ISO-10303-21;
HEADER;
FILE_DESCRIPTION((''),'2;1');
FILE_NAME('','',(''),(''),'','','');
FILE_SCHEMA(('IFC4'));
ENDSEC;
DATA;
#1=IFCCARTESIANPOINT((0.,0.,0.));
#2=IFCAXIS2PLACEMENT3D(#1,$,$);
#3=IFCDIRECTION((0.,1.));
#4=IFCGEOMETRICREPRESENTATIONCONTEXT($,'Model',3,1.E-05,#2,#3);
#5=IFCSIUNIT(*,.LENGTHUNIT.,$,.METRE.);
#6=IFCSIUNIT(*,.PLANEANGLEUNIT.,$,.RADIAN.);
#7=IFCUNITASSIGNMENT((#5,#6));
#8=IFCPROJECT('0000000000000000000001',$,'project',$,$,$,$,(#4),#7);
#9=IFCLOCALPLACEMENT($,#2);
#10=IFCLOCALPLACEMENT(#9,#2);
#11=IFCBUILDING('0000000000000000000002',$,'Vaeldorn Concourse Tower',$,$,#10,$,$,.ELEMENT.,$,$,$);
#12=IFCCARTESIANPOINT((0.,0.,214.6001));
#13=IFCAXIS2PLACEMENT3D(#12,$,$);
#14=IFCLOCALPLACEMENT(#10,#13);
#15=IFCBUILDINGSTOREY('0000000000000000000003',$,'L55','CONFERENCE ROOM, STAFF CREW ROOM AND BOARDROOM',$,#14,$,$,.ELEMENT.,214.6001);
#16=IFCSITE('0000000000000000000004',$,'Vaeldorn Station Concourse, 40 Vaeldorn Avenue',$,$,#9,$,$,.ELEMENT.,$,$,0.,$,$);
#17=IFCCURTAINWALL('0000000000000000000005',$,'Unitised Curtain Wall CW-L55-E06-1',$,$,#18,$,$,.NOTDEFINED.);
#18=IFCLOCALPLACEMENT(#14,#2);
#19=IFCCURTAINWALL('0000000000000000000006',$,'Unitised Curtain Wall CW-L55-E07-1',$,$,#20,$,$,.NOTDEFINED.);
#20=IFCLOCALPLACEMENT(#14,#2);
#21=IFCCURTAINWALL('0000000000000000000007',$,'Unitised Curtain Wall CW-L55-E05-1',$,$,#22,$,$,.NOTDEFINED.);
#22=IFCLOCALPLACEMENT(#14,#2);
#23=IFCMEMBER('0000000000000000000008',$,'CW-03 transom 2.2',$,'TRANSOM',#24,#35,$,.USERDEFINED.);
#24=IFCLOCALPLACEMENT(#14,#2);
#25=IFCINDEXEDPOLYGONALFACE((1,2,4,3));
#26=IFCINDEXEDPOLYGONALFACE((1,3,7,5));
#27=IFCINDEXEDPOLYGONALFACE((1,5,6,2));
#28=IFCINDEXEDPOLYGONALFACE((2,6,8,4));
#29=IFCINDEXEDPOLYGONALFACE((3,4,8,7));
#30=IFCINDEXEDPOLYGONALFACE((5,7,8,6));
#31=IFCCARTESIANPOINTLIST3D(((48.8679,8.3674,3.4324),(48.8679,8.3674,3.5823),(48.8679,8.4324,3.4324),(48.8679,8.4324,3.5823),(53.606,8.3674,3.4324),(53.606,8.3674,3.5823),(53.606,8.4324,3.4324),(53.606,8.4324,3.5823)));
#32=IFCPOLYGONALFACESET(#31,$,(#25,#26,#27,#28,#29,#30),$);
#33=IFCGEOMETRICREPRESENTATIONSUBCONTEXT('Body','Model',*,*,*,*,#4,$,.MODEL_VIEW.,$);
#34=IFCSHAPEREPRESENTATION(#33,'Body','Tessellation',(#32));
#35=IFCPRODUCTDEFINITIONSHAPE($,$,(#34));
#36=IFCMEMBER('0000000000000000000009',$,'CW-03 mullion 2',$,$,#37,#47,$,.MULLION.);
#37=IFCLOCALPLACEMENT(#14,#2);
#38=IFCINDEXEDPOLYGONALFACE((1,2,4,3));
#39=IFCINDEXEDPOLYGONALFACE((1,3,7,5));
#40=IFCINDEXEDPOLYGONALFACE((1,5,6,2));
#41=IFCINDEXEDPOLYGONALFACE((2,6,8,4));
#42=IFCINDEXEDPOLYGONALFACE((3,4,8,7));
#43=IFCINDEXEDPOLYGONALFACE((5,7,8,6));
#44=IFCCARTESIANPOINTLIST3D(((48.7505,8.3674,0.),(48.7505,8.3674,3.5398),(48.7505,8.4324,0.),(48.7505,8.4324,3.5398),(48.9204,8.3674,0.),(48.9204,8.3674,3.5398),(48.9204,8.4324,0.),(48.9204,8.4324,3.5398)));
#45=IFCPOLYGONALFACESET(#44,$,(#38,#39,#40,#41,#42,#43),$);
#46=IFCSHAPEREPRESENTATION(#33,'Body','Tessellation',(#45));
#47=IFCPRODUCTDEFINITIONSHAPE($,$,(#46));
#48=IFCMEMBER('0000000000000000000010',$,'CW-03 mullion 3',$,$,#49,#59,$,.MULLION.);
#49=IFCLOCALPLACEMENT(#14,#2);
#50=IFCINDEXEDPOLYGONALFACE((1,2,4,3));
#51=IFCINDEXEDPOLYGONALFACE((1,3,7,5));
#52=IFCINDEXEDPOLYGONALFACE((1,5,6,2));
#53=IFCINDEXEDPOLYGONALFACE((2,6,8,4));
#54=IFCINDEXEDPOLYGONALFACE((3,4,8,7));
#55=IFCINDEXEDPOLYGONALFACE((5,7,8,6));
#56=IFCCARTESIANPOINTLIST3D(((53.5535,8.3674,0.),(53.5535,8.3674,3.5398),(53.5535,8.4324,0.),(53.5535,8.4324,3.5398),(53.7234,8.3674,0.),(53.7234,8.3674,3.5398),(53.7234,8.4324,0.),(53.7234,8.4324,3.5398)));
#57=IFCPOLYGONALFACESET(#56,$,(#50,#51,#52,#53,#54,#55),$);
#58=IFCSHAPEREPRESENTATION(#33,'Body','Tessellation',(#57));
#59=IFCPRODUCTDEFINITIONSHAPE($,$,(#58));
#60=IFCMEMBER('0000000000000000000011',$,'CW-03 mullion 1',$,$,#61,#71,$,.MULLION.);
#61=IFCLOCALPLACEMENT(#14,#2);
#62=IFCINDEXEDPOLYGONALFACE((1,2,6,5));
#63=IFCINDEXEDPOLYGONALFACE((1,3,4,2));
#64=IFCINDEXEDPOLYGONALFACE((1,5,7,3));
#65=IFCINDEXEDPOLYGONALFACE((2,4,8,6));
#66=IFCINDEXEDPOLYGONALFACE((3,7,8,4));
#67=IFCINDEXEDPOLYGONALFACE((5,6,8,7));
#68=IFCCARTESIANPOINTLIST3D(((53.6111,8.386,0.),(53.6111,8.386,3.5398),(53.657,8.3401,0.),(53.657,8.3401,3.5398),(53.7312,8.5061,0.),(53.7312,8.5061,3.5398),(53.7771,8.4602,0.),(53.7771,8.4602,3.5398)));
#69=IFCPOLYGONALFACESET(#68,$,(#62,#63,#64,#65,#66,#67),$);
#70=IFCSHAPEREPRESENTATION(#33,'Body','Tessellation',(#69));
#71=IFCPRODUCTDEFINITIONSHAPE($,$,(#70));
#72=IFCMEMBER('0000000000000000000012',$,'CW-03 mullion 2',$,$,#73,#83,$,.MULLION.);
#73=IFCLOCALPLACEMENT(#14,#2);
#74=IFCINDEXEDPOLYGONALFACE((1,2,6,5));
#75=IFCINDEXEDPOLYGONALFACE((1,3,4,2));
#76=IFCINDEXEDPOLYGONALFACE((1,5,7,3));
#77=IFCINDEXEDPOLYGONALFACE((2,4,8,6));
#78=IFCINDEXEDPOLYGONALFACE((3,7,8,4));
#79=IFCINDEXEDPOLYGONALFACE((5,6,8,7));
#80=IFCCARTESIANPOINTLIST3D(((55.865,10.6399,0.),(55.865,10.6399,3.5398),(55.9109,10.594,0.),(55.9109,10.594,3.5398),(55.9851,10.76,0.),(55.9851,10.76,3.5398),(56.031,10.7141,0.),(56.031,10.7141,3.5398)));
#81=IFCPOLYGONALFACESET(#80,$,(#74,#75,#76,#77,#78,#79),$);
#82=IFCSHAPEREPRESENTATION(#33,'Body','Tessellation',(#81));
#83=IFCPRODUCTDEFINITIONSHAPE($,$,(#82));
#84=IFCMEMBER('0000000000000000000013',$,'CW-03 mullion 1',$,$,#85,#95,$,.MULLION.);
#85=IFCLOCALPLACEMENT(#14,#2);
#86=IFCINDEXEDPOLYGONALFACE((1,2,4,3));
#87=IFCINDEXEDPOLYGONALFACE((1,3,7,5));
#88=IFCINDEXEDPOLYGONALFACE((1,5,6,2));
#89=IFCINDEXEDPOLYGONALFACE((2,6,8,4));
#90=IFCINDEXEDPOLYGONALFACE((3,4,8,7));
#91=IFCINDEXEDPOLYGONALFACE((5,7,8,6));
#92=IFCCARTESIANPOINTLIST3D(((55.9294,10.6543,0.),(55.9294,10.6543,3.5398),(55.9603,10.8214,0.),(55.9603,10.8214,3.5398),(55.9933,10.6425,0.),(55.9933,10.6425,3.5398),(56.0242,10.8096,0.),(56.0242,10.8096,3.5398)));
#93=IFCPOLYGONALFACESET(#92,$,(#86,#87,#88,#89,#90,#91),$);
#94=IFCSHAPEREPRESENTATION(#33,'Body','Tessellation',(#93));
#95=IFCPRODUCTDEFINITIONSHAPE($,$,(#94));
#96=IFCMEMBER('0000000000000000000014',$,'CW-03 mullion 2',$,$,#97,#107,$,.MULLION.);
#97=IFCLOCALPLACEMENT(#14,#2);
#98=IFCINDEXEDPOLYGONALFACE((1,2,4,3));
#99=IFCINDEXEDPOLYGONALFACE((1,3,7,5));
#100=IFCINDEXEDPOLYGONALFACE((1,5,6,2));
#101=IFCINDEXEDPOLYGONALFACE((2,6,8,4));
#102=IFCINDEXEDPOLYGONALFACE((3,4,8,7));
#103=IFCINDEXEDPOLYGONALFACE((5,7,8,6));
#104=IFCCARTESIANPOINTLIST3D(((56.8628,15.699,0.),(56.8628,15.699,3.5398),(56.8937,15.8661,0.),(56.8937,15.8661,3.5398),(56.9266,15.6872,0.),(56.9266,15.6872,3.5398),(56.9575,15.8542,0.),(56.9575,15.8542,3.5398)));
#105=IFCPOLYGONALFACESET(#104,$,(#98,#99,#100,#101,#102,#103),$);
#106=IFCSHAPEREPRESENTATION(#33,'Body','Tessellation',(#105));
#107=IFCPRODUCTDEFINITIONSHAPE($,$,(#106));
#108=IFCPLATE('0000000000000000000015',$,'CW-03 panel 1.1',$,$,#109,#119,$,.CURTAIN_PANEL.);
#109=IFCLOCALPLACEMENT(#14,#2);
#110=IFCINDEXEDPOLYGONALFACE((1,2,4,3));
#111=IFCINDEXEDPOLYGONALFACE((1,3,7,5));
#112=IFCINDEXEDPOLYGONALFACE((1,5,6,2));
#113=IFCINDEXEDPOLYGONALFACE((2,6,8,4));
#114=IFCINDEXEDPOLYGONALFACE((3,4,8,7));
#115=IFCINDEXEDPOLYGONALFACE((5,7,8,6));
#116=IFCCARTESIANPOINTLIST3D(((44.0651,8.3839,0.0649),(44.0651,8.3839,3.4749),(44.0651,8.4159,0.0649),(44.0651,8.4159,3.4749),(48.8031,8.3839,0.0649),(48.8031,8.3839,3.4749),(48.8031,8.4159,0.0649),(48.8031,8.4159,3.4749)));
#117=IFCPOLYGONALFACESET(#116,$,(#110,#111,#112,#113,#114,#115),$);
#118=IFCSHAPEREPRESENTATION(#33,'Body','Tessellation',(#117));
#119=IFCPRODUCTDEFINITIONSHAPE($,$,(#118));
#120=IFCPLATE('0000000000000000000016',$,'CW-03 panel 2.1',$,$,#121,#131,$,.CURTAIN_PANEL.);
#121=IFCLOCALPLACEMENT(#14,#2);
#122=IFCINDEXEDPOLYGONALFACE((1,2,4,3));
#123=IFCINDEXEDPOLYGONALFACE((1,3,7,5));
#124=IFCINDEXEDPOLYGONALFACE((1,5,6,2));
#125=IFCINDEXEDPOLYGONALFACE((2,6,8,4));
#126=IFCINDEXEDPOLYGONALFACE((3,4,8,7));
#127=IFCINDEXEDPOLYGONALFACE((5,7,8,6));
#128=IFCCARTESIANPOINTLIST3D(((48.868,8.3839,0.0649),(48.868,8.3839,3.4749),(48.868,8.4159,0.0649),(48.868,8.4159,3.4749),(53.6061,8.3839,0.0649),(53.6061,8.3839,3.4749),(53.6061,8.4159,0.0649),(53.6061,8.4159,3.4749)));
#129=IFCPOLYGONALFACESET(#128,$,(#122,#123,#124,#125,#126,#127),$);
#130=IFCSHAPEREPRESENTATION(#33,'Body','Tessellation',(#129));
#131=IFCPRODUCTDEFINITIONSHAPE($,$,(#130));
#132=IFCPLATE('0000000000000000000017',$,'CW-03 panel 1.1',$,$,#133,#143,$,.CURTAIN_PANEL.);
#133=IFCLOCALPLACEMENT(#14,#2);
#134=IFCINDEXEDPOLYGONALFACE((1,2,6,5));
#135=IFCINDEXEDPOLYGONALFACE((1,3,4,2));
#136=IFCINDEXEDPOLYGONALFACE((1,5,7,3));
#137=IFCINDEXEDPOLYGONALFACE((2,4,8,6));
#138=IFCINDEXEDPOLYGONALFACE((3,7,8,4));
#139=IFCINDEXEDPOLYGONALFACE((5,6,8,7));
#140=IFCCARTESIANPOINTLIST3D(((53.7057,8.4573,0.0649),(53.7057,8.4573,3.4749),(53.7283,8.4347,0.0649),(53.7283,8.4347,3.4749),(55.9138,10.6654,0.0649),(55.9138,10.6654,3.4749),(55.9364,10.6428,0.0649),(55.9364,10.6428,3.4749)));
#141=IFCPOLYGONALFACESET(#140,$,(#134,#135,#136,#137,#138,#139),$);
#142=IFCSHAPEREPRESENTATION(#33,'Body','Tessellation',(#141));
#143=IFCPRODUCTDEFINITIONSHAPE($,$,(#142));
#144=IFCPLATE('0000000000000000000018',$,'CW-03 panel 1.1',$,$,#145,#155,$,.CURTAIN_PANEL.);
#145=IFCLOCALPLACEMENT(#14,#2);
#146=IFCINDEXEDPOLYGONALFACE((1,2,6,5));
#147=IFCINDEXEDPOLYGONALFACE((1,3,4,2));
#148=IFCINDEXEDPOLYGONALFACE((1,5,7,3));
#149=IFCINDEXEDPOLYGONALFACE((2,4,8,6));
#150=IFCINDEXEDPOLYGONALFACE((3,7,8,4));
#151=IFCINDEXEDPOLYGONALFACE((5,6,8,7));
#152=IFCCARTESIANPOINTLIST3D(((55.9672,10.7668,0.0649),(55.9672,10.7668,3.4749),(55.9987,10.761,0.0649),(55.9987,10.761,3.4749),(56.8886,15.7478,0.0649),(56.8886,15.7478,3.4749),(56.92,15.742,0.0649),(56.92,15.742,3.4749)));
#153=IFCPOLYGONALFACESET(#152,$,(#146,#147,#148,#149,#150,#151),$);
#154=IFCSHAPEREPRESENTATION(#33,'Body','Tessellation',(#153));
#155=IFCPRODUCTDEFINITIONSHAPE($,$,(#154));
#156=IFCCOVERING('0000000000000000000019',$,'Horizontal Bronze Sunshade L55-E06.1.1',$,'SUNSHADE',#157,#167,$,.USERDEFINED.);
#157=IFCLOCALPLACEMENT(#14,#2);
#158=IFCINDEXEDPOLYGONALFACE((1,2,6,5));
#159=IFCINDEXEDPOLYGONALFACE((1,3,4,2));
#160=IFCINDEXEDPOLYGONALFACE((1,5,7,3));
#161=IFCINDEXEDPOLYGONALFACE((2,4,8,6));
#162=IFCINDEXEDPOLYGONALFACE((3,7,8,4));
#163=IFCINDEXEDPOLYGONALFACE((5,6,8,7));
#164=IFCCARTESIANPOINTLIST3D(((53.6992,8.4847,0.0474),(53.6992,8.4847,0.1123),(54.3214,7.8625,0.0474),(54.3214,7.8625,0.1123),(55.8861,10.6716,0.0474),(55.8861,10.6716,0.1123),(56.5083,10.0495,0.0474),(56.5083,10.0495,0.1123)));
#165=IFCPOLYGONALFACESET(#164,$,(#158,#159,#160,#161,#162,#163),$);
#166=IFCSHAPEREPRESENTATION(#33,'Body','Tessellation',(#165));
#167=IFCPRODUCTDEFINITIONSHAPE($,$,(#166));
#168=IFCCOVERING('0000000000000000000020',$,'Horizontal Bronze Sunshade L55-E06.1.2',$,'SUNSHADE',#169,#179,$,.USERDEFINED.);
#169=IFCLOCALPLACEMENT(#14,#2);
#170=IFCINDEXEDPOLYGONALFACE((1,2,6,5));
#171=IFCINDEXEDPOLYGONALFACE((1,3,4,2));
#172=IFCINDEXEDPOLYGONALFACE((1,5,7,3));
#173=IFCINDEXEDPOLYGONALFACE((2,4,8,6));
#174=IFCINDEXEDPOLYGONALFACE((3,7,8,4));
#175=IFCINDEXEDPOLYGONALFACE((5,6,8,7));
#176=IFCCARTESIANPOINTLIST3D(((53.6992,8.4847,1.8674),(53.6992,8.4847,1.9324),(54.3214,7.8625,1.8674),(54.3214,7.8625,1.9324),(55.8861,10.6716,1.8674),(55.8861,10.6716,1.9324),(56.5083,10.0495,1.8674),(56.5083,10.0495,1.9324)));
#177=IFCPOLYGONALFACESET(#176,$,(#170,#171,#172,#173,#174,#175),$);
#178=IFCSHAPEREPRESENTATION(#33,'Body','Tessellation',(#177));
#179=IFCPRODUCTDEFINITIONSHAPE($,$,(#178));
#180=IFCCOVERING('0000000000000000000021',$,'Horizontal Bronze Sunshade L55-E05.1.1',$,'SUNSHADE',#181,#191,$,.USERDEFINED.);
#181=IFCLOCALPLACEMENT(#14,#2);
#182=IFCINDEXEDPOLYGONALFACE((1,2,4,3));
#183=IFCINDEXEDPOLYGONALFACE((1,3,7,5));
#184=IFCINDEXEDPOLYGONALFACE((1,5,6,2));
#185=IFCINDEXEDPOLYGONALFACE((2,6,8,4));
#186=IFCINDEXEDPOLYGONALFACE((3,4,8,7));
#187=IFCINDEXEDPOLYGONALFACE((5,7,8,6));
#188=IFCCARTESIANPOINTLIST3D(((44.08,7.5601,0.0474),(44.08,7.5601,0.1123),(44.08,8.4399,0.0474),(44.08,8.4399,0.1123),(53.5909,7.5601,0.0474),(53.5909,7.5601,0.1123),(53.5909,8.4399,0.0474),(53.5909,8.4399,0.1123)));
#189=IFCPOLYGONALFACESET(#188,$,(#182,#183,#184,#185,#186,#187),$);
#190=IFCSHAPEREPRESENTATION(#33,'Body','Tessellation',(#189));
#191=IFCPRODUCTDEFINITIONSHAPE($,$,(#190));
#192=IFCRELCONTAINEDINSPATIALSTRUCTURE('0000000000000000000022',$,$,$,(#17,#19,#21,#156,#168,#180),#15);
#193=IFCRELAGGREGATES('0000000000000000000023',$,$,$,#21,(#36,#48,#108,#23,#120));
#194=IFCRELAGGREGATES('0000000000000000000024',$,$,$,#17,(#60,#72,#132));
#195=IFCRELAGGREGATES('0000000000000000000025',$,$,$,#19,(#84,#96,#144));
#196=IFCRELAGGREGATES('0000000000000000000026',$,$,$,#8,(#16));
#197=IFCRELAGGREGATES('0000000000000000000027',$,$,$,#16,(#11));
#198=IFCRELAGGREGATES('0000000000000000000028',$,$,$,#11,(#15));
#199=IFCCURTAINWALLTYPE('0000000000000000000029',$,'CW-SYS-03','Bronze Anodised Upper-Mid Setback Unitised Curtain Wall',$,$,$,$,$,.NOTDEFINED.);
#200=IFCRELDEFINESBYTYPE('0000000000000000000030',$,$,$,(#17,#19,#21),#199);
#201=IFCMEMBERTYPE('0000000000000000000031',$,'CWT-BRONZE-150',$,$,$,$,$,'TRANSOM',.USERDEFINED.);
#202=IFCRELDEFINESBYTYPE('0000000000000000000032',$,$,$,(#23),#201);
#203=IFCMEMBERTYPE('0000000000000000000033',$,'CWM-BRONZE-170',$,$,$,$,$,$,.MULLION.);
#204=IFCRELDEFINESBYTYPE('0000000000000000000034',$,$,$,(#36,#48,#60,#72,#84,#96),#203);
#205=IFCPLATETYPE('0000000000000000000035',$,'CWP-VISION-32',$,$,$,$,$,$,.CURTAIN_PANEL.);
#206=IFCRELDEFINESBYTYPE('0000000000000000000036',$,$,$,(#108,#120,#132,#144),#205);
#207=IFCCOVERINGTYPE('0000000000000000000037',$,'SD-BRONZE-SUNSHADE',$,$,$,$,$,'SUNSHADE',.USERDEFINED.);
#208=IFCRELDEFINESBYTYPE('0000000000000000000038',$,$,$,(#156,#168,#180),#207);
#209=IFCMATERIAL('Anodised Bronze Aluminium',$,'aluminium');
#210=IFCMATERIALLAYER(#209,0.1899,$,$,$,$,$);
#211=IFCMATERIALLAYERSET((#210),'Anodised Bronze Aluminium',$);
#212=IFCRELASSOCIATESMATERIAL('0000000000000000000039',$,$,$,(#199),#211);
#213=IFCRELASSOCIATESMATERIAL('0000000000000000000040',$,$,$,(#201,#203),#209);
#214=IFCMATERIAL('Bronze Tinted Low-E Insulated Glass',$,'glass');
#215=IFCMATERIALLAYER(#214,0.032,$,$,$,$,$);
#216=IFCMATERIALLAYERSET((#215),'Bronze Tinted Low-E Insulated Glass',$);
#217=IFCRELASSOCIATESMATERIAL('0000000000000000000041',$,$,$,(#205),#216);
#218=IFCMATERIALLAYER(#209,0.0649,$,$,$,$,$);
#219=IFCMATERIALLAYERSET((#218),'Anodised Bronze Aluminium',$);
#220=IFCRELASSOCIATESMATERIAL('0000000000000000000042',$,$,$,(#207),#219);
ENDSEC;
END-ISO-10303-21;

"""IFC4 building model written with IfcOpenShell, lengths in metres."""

from ifc_helpers import new_model, si_unit, direction, frame, origin, origin_2d, place, context, subcontext, project, spatial, rectangle, extrude, source, transform, mapped, material, layer, layer_set, material_profile, profile_set, type_object, element, aggregate, save


model = new_model("IFC4")

# Units and contexts
model_context = context("Model", 3, precision=1e-05, world=origin(), true_north=direction((0.0, 1.0)))
body_context = subcontext(model_context, "Body", "Model", "MODEL_VIEW")
ifc_project = project(units=[si_unit("LENGTHUNIT", "METRE"), si_unit("PLANEANGLEUNIT", "RADIAN")], contexts=[model_context])

# Site, building, storey
site_placement = place(None, origin())
site = spatial("IfcSite", under=ifc_project, at=site_placement, Name="Vaeldorn Station Concourse, 40 Vaeldorn Avenue", CompositionType="ELEMENT", RefElevation=0.0)
building_placement = place(site_placement, origin())
building = spatial("IfcBuilding", under=site, at=building_placement, Name="Vaeldorn Concourse Tower", CompositionType="ELEMENT")
storey_placement = place(building_placement, frame((0.0, 0.0, 214.6001)))
storey = spatial("IfcBuildingStorey", under=building, at=storey_placement, Name="L55", Description="CONFERENCE ROOM, STAFF CREW ROOM AND BOARDROOM", CompositionType="ELEMENT", Elevation=214.6001)

# Curtain walls, members
ifc_material_1 = material(Name="Anodised Bronze Aluminium", Category="aluminium")
ifc_layer_1 = layer(ifc_material_1, 0.1899)
ifc_layer_set_1 = layer_set([ifc_layer_1], Name="Anodised Bronze Aluminium")
curtain_wall_type = type_object("IfcCurtainWallType", Name="CW-SYS-03", Description="Bronze Anodised Upper-Mid Setback Unitised Curtain Wall", PredefinedType="NOTDEFINED", material=ifc_layer_set_1)
curtain_wall_1_placement = place(storey_placement, origin())
curtain_wall_1 = element("IfcCurtainWall", 1, at=curtain_wall_1_placement, inside=storey, type_object=curtain_wall_type, Name="Unitised Curtain Wall CW-L55-E06-1", PredefinedType="NOTDEFINED")
ifc_material_profile_1 = material_profile(ifc_material_1, rectangle(XDim=0.0649, YDim=0.1499, at=origin_2d()), Name="CWT 65x150")
ifc_profile_set_1 = profile_set([ifc_material_profile_1], Name="Anodised Bronze Aluminium")
member_type_1 = type_object("IfcMemberType", Name="CWT-BRONZE-150", ElementType="TRANSOM", PredefinedType="USERDEFINED", material=ifc_profile_set_1)
curtain_wall_2_placement = place(storey_placement, origin())
curtain_wall_2 = element("IfcCurtainWall", 2, at=curtain_wall_2_placement, inside=storey, type_object=curtain_wall_type, Name="Unitised Curtain Wall CW-L55-E07-1", PredefinedType="NOTDEFINED")
curtain_wall_3_placement = place(storey_placement, origin())
curtain_wall_3 = element("IfcCurtainWall", 3, at=curtain_wall_3_placement, inside=storey, type_object=curtain_wall_type, Name="Unitised Curtain Wall CW-L55-E05-1", PredefinedType="NOTDEFINED")
shared_shape_1 = source(origin(), body_context, "Body", "SweptSolid", [
    extrude(rectangle(XDim=0.0649, YDim=0.1499, at=origin_2d()), origin(), (0.0, 0.0, 1.0), 4.738),
])
member_1_placement = place(storey_placement, frame((48.8679, 8.3999, 3.5073), z_axis=(1.0, 0.0, 0.0), x_axis=(0.0, 1.0, 0.0)))
member_1 = element("IfcMember", 4, at=member_1_placement, type_object=member_type_1, Name="CW-03 transom 2.2", ObjectType="TRANSOM", PredefinedType="USERDEFINED", context=body_context, shape_type="MappedRepresentation", body=[
    mapped(shared_shape_1, transform((0.0, 0.0, 0.0), scale=1.0)),
])
ifc_material_profile_2 = material_profile(ifc_material_1, rectangle(XDim=0.0649, YDim=0.1699, at=origin_2d()), Name="CWM 65x170")
ifc_profile_set_2 = profile_set([ifc_material_profile_2], Name="Anodised Bronze Aluminium")
member_type_2 = type_object("IfcMemberType", Name="CWM-BRONZE-170", PredefinedType="MULLION", material=ifc_profile_set_2)
shared_shape_2 = source(origin(), body_context, "Body", "SweptSolid", [
    extrude(rectangle(XDim=0.0649, YDim=0.1699, at=origin_2d()), origin(), (0.0, 0.0, 1.0), 3.5398),
])
member_2_placement = place(storey_placement, frame((48.8354, 8.3999, 0.0), z_axis=(0.0, 0.0, 1.0), x_axis=(0.0, 1.0, 0.0)))
member_2 = element("IfcMember", 5, at=member_2_placement, type_object=member_type_2, Name="CW-03 mullion 2", PredefinedType="MULLION", context=body_context, shape_type="MappedRepresentation", body=[
    mapped(shared_shape_2, transform((0.0, 0.0, 0.0), scale=1.0)),
])
member_3_placement = place(storey_placement, frame((53.6384, 8.3999, 0.0), z_axis=(0.0, 0.0, 1.0), x_axis=(0.0, 1.0, 0.0)))
member_3 = element("IfcMember", 6, at=member_3_placement, type_object=member_type_2, Name="CW-03 mullion 3", PredefinedType="MULLION", context=body_context, shape_type="MappedRepresentation", body=[
    mapped(shared_shape_2, transform((0.0, 0.0, 0.0), scale=1.0)),
])

# Members
member_4_placement = place(storey_placement, frame((53.6941, 8.4231, 0.0), z_axis=(0.0, 0.0, 1.0), x_axis=(-0.707107, 0.707107, 0.0)))
member_4 = element("IfcMember", 7, at=member_4_placement, type_object=member_type_2, Name="CW-03 mullion 1", PredefinedType="MULLION", context=body_context, shape_type="MappedRepresentation", body=[
    mapped(shared_shape_2, transform((0.0, 0.0, 0.0), scale=1.0)),
])
member_5_placement = place(storey_placement, frame((55.948, 10.677, 0.0), z_axis=(0.0, 0.0, 1.0), x_axis=(-0.707107, 0.707107, 0.0)))
member_5 = element("IfcMember", 8, at=member_5_placement, type_object=member_type_2, Name="CW-03 mullion 2", PredefinedType="MULLION", context=body_context, shape_type="MappedRepresentation", body=[
    mapped(shared_shape_2, transform((0.0, 0.0, 0.0), scale=1.0)),
])
member_6_placement = place(storey_placement, frame((55.9768, 10.7319, 0.0), z_axis=(0.0, 0.0, 1.0), x_axis=(-0.983319, 0.181889, 0.0)))
member_6 = element("IfcMember", 9, at=member_6_placement, type_object=member_type_2, Name="CW-03 mullion 1", PredefinedType="MULLION", context=body_context, shape_type="MappedRepresentation", body=[
    mapped(shared_shape_2, transform((0.0, 0.0, 0.0), scale=1.0)),
])
member_7_placement = place(storey_placement, frame((56.9102, 15.7766, 0.0), z_axis=(0.0, 0.0, 1.0), x_axis=(-0.983319, 0.181889, 0.0)))
member_7 = element("IfcMember", 10, at=member_7_placement, type_object=member_type_2, Name="CW-03 mullion 2", PredefinedType="MULLION", context=body_context, shape_type="MappedRepresentation", body=[
    mapped(shared_shape_2, transform((0.0, 0.0, 0.0), scale=1.0)),
])

# Plates
ifc_material_2 = material(Name="Bronze Tinted Low-E Insulated Glass", Category="glass")
ifc_layer_2 = layer(ifc_material_2, 0.032)
ifc_layer_set_2 = layer_set([ifc_layer_2], Name="Bronze Tinted Low-E Insulated Glass")
plate_type = type_object("IfcPlateType", Name="CWP-VISION-32", PredefinedType="CURTAIN_PANEL", material=ifc_layer_set_2)
shared_shape_3 = source(origin(), body_context, "Body", "SweptSolid", [
    extrude(rectangle(XDim=4.738, YDim=0.032, at=origin_2d()), origin(), (0.0, 0.0, 1.0), 3.4099),
])
plate_1_placement = place(storey_placement, frame((46.4341, 8.3999, 0.0649), z_axis=(0.0, 0.0, 1.0), x_axis=(1.0, 0.0, 0.0)))
plate_1 = element("IfcPlate", 11, at=plate_1_placement, type_object=plate_type, Name="CW-03 panel 1.1", PredefinedType="CURTAIN_PANEL", context=body_context, shape_type="MappedRepresentation", body=[
    mapped(shared_shape_3, transform((0.0, 0.0, 0.0), scale=1.0)),
])
plate_2_placement = place(storey_placement, frame((51.2371, 8.3999, 0.0649), z_axis=(0.0, 0.0, 1.0), x_axis=(1.0, 0.0, 0.0)))
plate_2 = element("IfcPlate", 12, at=plate_2_placement, type_object=plate_type, Name="CW-03 panel 2.1", PredefinedType="CURTAIN_PANEL", context=body_context, shape_type="MappedRepresentation", body=[
    mapped(shared_shape_3, transform((0.0, 0.0, 0.0), scale=1.0)),
])
aggregate(curtain_wall_3, [member_2, member_3, plate_1, member_1, plate_2])
shared_shape_4 = source(origin(), body_context, "Body", "SweptSolid", [
    extrude(rectangle(XDim=3.1228, YDim=0.032, at=origin_2d()), origin(), (0.0, 0.0, 1.0), 3.4099),
])
plate_3_placement = place(storey_placement, frame((54.821, 9.55, 0.0649), z_axis=(0.0, 0.0, 1.0), x_axis=(0.707107, 0.707107, 0.0)))
plate_3 = element("IfcPlate", 13, at=plate_3_placement, type_object=plate_type, Name="CW-03 panel 1.1", PredefinedType="CURTAIN_PANEL", context=body_context, shape_type="MappedRepresentation", body=[
    mapped(shared_shape_4, transform((0.0, 0.0, 0.0), scale=1.0)),
])
aggregate(curtain_wall_1, [member_4, member_5, plate_3])
shared_shape_5 = source(origin(), body_context, "Body", "SweptSolid", [
    extrude(rectangle(XDim=5.0654, YDim=0.032, at=origin_2d()), origin(), (0.0, 0.0, 1.0), 3.4099),
])
plate_4_placement = place(storey_placement, frame((56.4436, 13.2544, 0.0649), z_axis=(0.0, 0.0, 1.0), x_axis=(0.181889, 0.983319, 0.0)))
plate_4 = element("IfcPlate", 14, at=plate_4_placement, type_object=plate_type, Name="CW-03 panel 1.1", PredefinedType="CURTAIN_PANEL", context=body_context, shape_type="MappedRepresentation", body=[
    mapped(shared_shape_5, transform((0.0, 0.0, 0.0), scale=1.0)),
])
aggregate(curtain_wall_2, [member_6, member_7, plate_4])

# Coverings
ifc_layer_3 = layer(ifc_material_1, 0.0649)
ifc_layer_set_3 = layer_set([ifc_layer_3], Name="Anodised Bronze Aluminium")
covering_type = type_object("IfcCoveringType", Name="SD-BRONZE-SUNSHADE", ElementType="SUNSHADE", PredefinedType="USERDEFINED", material=ifc_layer_set_3)
shared_shape_6 = source(origin(), body_context, "Body", "SweptSolid", [
    extrude(rectangle(XDim=3.0928, YDim=0.8799, at=origin_2d()), origin(), (0.0, 0.0, 1.0), 0.0649),
])
for number, where, z_axis, x_axis, name in (
    (15, (55.1038, 9.2671, 0.0474), (0.0, 0.0, 1.0), (0.707107, 0.707107, 0.0), "Horizontal Bronze Sunshade L55-E06.1.1"),
    (16, (55.1038, 9.2671, 1.8674), (0.0, 0.0, 1.0), (0.707107, 0.707107, 0.0), "Horizontal Bronze Sunshade L55-E06.1.2"),
):
    element("IfcCovering", number, at=place(storey_placement, frame(where, z_axis=z_axis, x_axis=x_axis)), inside=storey, type_object=covering_type, Name=name, ObjectType="SUNSHADE", PredefinedType="USERDEFINED", context=body_context, shape_type="MappedRepresentation", body=[
        mapped(shared_shape_6, transform((0.0, 0.0, 0.0), scale=1.0)),
    ])
shared_shape_7 = source(origin(), body_context, "Body", "SweptSolid", [
    extrude(rectangle(XDim=9.511, YDim=0.8799, at=origin_2d()), origin(), (0.0, 0.0, 1.0), 0.0649),
])
for number, where, z_axis, x_axis, name in (
    (17, (48.8354, 8.0, 0.0474), (0.0, 0.0, 1.0), (1.0, 0.0, 0.0), "Horizontal Bronze Sunshade L55-E05.1.1"),
):
    element("IfcCovering", number, at=place(storey_placement, frame(where, z_axis=z_axis, x_axis=x_axis)), inside=storey, type_object=covering_type, Name=name, ObjectType="SUNSHADE", PredefinedType="USERDEFINED", context=body_context, shape_type="MappedRepresentation", body=[
        mapped(shared_shape_7, transform((0.0, 0.0, 0.0), scale=1.0)),
    ])

save(model, "model.ifc")
